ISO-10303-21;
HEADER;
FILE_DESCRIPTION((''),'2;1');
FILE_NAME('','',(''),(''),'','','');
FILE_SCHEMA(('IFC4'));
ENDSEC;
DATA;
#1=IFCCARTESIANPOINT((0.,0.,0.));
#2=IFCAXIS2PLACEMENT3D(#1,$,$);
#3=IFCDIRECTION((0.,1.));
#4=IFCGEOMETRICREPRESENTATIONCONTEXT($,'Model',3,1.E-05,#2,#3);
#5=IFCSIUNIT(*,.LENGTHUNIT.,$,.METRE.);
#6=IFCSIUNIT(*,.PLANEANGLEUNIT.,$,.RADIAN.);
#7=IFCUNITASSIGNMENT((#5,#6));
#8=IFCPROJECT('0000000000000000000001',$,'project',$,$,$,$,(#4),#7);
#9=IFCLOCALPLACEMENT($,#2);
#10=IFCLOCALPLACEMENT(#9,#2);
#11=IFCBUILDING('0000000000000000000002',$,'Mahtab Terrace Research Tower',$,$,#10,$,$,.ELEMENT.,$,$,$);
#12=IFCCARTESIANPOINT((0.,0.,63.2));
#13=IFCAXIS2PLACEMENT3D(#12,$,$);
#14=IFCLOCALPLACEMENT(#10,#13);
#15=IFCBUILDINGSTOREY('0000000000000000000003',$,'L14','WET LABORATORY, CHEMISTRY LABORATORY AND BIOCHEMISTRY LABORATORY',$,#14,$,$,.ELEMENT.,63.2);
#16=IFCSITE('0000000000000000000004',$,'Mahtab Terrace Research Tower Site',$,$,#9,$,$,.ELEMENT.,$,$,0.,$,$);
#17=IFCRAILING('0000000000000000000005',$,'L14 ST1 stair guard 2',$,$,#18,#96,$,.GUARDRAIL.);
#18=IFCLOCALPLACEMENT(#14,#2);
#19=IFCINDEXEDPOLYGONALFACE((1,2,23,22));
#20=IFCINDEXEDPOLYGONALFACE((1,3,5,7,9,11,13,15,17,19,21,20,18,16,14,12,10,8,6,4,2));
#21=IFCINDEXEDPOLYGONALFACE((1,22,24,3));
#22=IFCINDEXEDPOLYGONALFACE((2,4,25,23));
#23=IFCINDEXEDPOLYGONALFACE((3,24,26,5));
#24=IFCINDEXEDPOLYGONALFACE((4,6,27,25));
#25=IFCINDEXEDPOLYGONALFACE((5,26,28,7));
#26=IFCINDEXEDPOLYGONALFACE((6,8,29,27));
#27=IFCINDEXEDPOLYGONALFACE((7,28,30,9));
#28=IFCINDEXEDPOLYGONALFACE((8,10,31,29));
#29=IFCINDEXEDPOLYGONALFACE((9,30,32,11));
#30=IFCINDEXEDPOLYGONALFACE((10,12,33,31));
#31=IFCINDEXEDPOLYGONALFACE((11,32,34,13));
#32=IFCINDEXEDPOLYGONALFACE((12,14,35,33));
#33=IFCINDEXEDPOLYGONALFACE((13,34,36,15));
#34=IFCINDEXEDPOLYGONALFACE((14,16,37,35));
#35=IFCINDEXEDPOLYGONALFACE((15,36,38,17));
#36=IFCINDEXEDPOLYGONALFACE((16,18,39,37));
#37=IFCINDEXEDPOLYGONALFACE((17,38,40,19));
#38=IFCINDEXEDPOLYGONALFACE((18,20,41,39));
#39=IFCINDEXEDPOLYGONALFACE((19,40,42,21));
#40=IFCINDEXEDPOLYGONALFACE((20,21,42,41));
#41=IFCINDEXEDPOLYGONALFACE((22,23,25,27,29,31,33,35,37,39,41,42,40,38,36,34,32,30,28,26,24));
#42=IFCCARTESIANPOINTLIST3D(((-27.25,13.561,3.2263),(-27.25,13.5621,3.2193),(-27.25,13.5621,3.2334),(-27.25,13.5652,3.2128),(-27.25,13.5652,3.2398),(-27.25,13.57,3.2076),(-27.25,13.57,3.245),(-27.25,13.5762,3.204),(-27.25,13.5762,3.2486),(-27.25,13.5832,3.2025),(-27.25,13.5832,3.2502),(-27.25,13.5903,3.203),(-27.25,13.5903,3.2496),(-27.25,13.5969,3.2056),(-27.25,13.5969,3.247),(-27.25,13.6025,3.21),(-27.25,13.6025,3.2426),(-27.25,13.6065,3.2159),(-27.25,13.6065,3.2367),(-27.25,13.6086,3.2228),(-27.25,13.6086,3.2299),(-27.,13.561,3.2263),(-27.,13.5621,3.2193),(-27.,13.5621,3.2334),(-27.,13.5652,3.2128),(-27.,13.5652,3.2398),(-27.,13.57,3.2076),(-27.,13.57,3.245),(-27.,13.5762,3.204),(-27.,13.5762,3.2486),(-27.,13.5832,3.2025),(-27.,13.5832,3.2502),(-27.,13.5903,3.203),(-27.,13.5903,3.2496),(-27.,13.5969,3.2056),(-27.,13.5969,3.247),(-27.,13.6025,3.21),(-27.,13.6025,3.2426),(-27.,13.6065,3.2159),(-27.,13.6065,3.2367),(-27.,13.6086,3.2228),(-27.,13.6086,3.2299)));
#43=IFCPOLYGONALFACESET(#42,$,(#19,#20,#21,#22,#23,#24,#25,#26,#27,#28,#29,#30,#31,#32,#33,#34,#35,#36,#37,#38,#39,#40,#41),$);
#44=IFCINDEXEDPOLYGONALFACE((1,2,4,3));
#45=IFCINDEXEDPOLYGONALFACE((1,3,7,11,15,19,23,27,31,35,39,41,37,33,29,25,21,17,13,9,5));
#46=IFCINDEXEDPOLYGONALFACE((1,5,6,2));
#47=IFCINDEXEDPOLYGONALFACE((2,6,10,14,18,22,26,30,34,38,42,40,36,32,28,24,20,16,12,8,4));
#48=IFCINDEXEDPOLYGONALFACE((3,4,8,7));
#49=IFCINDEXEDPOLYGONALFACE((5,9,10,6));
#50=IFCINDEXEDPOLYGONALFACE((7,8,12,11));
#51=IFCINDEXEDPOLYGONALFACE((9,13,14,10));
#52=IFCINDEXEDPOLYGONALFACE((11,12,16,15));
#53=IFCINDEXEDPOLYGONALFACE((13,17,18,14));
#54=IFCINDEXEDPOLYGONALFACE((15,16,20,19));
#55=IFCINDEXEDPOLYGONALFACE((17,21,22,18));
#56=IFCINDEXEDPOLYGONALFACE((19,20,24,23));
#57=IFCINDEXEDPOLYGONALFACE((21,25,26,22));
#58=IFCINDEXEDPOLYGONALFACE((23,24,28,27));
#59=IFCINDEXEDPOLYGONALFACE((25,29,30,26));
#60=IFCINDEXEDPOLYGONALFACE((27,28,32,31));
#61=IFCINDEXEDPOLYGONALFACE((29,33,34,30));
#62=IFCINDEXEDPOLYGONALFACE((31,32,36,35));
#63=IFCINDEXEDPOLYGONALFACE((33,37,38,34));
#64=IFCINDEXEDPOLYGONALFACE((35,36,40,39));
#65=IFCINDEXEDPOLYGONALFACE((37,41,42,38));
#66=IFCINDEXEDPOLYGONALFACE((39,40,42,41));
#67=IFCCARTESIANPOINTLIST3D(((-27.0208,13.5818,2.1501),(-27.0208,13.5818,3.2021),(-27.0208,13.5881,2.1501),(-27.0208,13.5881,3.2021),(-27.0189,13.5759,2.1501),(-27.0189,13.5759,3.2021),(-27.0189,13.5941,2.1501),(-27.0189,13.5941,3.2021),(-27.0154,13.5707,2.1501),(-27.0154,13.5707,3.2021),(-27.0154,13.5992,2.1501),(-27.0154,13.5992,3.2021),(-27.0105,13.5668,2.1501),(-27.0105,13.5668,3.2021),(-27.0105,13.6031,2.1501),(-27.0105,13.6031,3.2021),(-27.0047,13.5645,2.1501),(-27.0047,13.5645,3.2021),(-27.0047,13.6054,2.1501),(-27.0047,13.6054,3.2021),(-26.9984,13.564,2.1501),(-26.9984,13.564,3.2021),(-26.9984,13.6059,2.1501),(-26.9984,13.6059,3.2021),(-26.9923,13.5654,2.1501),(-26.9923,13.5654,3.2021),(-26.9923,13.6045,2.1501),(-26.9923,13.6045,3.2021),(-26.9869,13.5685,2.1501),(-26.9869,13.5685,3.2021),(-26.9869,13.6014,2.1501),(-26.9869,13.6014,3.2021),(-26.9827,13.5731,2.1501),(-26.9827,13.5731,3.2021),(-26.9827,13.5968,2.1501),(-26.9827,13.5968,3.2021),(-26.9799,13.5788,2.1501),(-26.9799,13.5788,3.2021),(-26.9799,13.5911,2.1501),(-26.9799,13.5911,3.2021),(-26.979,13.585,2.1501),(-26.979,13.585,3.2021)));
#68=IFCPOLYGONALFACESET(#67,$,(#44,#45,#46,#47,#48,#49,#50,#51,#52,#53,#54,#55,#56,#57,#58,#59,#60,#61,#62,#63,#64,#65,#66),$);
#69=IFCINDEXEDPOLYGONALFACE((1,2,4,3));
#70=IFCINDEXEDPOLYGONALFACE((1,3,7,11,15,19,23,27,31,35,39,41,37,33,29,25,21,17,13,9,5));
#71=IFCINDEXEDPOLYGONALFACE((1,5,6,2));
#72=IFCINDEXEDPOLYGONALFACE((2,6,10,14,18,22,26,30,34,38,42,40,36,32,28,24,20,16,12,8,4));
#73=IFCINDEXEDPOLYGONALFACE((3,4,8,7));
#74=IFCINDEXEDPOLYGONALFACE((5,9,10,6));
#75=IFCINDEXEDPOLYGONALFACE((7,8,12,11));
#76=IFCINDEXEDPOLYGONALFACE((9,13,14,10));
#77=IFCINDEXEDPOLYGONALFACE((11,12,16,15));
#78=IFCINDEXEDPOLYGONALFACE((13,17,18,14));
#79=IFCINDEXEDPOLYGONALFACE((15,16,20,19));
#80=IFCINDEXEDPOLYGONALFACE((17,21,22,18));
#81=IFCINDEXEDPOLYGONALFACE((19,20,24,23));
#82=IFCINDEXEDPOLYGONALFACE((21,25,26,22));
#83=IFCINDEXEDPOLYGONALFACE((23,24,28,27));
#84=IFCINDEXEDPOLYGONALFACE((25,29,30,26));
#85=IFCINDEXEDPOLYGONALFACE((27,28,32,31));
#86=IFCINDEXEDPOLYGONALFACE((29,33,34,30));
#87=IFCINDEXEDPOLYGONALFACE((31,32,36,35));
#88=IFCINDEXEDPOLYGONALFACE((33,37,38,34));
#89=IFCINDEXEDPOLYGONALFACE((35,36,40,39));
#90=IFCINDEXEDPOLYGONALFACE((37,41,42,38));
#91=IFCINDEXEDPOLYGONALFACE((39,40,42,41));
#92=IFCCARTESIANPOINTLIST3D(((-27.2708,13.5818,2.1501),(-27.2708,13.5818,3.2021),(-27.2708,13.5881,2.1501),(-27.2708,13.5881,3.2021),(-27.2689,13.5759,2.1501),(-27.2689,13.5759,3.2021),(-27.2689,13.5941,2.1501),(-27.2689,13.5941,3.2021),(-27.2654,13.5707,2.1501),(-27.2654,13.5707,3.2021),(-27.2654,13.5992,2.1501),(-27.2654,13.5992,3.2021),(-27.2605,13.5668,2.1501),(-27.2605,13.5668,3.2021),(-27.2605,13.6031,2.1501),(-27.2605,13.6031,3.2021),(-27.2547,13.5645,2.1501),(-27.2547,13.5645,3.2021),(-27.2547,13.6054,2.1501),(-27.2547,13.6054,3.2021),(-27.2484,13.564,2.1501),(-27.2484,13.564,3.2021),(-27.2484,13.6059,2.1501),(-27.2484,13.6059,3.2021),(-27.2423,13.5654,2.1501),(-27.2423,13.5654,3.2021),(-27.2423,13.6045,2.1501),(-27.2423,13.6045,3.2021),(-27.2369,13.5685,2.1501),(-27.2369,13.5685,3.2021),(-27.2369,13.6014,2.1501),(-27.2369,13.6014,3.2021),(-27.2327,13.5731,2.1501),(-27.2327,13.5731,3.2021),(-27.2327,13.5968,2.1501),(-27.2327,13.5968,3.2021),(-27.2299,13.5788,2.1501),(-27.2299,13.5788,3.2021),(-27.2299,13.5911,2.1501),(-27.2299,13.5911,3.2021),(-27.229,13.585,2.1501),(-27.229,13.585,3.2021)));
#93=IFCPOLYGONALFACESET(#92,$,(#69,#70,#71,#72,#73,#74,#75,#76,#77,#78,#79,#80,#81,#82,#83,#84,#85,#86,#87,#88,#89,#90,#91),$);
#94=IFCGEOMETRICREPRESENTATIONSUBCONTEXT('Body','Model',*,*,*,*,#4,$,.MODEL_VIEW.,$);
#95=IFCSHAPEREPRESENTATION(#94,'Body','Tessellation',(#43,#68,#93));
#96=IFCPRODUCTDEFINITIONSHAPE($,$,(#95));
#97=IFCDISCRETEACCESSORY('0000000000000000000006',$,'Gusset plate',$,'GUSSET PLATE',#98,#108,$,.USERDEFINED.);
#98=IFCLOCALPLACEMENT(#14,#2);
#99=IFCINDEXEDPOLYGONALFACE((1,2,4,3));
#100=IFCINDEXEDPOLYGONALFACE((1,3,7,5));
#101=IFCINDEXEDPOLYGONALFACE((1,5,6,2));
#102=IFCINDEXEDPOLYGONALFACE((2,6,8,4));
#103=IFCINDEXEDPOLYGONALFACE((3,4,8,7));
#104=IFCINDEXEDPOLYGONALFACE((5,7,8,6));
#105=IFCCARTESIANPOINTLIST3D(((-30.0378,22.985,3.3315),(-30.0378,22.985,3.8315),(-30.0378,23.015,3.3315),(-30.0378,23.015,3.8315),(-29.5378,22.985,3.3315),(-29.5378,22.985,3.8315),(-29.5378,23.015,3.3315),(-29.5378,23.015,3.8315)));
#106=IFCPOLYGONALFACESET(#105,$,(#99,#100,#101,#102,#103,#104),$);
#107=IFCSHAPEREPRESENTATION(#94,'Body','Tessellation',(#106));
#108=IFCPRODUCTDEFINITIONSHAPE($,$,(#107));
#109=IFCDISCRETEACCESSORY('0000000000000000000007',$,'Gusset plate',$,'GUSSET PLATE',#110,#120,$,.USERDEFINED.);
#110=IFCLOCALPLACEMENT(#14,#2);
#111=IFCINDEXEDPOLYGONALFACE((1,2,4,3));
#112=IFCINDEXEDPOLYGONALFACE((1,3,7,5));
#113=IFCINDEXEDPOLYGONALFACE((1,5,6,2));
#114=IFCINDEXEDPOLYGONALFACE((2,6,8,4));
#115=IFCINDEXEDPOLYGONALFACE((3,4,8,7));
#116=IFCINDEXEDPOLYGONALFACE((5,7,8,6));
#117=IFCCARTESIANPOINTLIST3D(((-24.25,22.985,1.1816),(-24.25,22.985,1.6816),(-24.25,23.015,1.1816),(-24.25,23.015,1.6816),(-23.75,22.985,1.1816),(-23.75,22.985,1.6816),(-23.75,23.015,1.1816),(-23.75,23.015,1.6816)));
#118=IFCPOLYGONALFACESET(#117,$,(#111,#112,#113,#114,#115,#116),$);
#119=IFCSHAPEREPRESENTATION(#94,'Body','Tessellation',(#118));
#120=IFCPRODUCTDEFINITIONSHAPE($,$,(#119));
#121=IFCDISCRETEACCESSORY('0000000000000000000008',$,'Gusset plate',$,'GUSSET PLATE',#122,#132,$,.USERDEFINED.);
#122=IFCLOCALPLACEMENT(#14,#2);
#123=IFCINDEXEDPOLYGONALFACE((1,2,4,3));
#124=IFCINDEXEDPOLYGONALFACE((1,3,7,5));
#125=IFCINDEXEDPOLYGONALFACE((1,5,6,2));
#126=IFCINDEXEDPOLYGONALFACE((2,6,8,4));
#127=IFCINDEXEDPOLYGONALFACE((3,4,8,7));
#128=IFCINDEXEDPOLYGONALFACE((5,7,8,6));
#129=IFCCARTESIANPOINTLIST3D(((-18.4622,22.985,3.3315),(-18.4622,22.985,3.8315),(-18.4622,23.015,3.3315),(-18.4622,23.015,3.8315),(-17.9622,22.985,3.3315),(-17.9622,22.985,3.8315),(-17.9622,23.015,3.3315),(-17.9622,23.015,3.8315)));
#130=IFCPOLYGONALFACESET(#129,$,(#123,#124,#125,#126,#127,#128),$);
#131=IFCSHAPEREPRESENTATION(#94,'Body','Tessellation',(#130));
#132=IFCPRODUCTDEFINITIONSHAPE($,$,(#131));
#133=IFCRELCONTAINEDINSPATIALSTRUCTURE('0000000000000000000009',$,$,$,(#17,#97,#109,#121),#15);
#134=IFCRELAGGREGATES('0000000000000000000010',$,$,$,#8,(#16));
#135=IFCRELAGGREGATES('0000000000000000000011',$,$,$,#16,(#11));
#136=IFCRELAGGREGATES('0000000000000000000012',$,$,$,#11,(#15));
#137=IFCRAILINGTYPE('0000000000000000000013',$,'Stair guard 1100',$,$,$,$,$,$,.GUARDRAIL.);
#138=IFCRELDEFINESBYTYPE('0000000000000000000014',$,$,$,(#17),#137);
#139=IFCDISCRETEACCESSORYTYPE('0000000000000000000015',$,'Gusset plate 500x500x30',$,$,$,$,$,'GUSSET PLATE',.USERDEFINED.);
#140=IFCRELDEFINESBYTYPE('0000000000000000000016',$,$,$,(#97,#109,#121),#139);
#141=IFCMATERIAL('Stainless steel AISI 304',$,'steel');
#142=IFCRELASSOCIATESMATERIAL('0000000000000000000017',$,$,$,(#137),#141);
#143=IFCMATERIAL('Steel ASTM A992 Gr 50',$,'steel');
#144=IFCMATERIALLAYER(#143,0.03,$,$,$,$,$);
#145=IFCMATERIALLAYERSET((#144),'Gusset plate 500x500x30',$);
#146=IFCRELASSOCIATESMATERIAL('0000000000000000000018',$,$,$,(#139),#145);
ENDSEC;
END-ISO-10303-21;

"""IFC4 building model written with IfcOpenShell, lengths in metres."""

from ifc_helpers import new_model, si_unit, direction, frame, origin, origin_2d, place, context, subcontext, project, spatial, rectangle, circle, extrude, material, layer, layer_set, type_object, element, save


model = new_model("IFC4")

# Units and contexts
model_context = context("Model", 3, precision=1e-05, world=origin(), true_north=direction((0.0, 1.0)))
body_context = subcontext(model_context, "Body", "Model", "MODEL_VIEW")
ifc_project = project(units=[si_unit("LENGTHUNIT", "METRE"), si_unit("PLANEANGLEUNIT", "RADIAN")], contexts=[model_context])

# Site, building, storey
site_placement = place(None, origin())
site = spatial("IfcSite", under=ifc_project, at=site_placement, Name="Mahtab Terrace Research Tower Site", CompositionType="ELEMENT", RefElevation=0.0)
building_placement = place(site_placement, origin())
building = spatial("IfcBuilding", under=site, at=building_placement, Name="Mahtab Terrace Research Tower", CompositionType="ELEMENT")
storey_placement = place(building_placement, frame((0.0, 0.0, 63.2)))
storey = spatial("IfcBuildingStorey", under=building, at=storey_placement, Name="L14", Description="WET LABORATORY, CHEMISTRY LABORATORY AND BIOCHEMISTRY LABORATORY", CompositionType="ELEMENT", Elevation=63.2)

# Shared definitions
ifc_material_1 = material(Name="Steel ASTM A992 Gr 50", Category="steel")

# Shared definitions
ifc_material_2 = material(Name="Stainless steel AISI 304", Category="steel")

# Railing
railing_type = type_object("IfcRailingType", Name="Stair guard 1100", PredefinedType="GUARDRAIL", material=ifc_material_2)
railing_placement = place(storey_placement, frame((-27.0, 13.585, 2.1501)))
element("IfcRailing", 1, at=railing_placement, inside=storey, type_object=railing_type, Name="L14 ST1 stair guard 2", PredefinedType="GUARDRAIL", context=body_context, shape_type="SweptSolid", body=[
    extrude(circle(Radius=0.0239, at=origin_2d()), frame((0.0, 0.0, 1.0762), z_axis=(-1.0, 0.0, 0.0), x_axis=(0.0, -1.0, 0.0)), (0.0, 0.0, 1.0), 0.25),
    extrude(circle(Radius=0.021, at=origin_2d()), origin(), (0.0, 0.0, 1.0), 1.052),
    extrude(circle(Radius=0.021, at=origin_2d()), frame((-0.25, 0.0, 0.0)), (0.0, 0.0, 1.0), 1.052),
])

# Discrete accessories
ifc_layer_1 = layer(ifc_material_1, 0.03)
ifc_layer_set_1 = layer_set([ifc_layer_1], Name="Gusset plate 500x500x30")
discrete_accessory_type = type_object("IfcDiscreteAccessoryType", Name="Gusset plate 500x500x30", ElementType="GUSSET PLATE", PredefinedType="USERDEFINED", material=ifc_layer_set_1)
for number, where, z_axis, x_axis, name in (
    (2, (-29.7878, 23.0, 3.3315), (0.0, 0.0, 1.0), (1.0, 0.0, 0.0), "Gusset plate"),
    (3, (-24.0, 23.0, 1.1816), (0.0, 0.0, 1.0), (1.0, 0.0, 0.0), "Gusset plate"),
    (4, (-18.2122, 23.0, 3.3315), (0.0, 0.0, 1.0), (1.0, 0.0, 0.0), "Gusset plate"),
):
    element("IfcDiscreteAccessory", number, at=place(storey_placement, frame(where, z_axis=z_axis, x_axis=x_axis)), inside=storey, type_object=discrete_accessory_type, Name=name, ObjectType="GUSSET PLATE", PredefinedType="USERDEFINED", context=body_context, shape_type="SweptSolid", body=[
        extrude(rectangle(XDim=0.5, YDim=0.03, at=origin_2d()), origin(), (0.0, 0.0, 1.0), 0.5),
    ])

save(model, "model.ifc")
